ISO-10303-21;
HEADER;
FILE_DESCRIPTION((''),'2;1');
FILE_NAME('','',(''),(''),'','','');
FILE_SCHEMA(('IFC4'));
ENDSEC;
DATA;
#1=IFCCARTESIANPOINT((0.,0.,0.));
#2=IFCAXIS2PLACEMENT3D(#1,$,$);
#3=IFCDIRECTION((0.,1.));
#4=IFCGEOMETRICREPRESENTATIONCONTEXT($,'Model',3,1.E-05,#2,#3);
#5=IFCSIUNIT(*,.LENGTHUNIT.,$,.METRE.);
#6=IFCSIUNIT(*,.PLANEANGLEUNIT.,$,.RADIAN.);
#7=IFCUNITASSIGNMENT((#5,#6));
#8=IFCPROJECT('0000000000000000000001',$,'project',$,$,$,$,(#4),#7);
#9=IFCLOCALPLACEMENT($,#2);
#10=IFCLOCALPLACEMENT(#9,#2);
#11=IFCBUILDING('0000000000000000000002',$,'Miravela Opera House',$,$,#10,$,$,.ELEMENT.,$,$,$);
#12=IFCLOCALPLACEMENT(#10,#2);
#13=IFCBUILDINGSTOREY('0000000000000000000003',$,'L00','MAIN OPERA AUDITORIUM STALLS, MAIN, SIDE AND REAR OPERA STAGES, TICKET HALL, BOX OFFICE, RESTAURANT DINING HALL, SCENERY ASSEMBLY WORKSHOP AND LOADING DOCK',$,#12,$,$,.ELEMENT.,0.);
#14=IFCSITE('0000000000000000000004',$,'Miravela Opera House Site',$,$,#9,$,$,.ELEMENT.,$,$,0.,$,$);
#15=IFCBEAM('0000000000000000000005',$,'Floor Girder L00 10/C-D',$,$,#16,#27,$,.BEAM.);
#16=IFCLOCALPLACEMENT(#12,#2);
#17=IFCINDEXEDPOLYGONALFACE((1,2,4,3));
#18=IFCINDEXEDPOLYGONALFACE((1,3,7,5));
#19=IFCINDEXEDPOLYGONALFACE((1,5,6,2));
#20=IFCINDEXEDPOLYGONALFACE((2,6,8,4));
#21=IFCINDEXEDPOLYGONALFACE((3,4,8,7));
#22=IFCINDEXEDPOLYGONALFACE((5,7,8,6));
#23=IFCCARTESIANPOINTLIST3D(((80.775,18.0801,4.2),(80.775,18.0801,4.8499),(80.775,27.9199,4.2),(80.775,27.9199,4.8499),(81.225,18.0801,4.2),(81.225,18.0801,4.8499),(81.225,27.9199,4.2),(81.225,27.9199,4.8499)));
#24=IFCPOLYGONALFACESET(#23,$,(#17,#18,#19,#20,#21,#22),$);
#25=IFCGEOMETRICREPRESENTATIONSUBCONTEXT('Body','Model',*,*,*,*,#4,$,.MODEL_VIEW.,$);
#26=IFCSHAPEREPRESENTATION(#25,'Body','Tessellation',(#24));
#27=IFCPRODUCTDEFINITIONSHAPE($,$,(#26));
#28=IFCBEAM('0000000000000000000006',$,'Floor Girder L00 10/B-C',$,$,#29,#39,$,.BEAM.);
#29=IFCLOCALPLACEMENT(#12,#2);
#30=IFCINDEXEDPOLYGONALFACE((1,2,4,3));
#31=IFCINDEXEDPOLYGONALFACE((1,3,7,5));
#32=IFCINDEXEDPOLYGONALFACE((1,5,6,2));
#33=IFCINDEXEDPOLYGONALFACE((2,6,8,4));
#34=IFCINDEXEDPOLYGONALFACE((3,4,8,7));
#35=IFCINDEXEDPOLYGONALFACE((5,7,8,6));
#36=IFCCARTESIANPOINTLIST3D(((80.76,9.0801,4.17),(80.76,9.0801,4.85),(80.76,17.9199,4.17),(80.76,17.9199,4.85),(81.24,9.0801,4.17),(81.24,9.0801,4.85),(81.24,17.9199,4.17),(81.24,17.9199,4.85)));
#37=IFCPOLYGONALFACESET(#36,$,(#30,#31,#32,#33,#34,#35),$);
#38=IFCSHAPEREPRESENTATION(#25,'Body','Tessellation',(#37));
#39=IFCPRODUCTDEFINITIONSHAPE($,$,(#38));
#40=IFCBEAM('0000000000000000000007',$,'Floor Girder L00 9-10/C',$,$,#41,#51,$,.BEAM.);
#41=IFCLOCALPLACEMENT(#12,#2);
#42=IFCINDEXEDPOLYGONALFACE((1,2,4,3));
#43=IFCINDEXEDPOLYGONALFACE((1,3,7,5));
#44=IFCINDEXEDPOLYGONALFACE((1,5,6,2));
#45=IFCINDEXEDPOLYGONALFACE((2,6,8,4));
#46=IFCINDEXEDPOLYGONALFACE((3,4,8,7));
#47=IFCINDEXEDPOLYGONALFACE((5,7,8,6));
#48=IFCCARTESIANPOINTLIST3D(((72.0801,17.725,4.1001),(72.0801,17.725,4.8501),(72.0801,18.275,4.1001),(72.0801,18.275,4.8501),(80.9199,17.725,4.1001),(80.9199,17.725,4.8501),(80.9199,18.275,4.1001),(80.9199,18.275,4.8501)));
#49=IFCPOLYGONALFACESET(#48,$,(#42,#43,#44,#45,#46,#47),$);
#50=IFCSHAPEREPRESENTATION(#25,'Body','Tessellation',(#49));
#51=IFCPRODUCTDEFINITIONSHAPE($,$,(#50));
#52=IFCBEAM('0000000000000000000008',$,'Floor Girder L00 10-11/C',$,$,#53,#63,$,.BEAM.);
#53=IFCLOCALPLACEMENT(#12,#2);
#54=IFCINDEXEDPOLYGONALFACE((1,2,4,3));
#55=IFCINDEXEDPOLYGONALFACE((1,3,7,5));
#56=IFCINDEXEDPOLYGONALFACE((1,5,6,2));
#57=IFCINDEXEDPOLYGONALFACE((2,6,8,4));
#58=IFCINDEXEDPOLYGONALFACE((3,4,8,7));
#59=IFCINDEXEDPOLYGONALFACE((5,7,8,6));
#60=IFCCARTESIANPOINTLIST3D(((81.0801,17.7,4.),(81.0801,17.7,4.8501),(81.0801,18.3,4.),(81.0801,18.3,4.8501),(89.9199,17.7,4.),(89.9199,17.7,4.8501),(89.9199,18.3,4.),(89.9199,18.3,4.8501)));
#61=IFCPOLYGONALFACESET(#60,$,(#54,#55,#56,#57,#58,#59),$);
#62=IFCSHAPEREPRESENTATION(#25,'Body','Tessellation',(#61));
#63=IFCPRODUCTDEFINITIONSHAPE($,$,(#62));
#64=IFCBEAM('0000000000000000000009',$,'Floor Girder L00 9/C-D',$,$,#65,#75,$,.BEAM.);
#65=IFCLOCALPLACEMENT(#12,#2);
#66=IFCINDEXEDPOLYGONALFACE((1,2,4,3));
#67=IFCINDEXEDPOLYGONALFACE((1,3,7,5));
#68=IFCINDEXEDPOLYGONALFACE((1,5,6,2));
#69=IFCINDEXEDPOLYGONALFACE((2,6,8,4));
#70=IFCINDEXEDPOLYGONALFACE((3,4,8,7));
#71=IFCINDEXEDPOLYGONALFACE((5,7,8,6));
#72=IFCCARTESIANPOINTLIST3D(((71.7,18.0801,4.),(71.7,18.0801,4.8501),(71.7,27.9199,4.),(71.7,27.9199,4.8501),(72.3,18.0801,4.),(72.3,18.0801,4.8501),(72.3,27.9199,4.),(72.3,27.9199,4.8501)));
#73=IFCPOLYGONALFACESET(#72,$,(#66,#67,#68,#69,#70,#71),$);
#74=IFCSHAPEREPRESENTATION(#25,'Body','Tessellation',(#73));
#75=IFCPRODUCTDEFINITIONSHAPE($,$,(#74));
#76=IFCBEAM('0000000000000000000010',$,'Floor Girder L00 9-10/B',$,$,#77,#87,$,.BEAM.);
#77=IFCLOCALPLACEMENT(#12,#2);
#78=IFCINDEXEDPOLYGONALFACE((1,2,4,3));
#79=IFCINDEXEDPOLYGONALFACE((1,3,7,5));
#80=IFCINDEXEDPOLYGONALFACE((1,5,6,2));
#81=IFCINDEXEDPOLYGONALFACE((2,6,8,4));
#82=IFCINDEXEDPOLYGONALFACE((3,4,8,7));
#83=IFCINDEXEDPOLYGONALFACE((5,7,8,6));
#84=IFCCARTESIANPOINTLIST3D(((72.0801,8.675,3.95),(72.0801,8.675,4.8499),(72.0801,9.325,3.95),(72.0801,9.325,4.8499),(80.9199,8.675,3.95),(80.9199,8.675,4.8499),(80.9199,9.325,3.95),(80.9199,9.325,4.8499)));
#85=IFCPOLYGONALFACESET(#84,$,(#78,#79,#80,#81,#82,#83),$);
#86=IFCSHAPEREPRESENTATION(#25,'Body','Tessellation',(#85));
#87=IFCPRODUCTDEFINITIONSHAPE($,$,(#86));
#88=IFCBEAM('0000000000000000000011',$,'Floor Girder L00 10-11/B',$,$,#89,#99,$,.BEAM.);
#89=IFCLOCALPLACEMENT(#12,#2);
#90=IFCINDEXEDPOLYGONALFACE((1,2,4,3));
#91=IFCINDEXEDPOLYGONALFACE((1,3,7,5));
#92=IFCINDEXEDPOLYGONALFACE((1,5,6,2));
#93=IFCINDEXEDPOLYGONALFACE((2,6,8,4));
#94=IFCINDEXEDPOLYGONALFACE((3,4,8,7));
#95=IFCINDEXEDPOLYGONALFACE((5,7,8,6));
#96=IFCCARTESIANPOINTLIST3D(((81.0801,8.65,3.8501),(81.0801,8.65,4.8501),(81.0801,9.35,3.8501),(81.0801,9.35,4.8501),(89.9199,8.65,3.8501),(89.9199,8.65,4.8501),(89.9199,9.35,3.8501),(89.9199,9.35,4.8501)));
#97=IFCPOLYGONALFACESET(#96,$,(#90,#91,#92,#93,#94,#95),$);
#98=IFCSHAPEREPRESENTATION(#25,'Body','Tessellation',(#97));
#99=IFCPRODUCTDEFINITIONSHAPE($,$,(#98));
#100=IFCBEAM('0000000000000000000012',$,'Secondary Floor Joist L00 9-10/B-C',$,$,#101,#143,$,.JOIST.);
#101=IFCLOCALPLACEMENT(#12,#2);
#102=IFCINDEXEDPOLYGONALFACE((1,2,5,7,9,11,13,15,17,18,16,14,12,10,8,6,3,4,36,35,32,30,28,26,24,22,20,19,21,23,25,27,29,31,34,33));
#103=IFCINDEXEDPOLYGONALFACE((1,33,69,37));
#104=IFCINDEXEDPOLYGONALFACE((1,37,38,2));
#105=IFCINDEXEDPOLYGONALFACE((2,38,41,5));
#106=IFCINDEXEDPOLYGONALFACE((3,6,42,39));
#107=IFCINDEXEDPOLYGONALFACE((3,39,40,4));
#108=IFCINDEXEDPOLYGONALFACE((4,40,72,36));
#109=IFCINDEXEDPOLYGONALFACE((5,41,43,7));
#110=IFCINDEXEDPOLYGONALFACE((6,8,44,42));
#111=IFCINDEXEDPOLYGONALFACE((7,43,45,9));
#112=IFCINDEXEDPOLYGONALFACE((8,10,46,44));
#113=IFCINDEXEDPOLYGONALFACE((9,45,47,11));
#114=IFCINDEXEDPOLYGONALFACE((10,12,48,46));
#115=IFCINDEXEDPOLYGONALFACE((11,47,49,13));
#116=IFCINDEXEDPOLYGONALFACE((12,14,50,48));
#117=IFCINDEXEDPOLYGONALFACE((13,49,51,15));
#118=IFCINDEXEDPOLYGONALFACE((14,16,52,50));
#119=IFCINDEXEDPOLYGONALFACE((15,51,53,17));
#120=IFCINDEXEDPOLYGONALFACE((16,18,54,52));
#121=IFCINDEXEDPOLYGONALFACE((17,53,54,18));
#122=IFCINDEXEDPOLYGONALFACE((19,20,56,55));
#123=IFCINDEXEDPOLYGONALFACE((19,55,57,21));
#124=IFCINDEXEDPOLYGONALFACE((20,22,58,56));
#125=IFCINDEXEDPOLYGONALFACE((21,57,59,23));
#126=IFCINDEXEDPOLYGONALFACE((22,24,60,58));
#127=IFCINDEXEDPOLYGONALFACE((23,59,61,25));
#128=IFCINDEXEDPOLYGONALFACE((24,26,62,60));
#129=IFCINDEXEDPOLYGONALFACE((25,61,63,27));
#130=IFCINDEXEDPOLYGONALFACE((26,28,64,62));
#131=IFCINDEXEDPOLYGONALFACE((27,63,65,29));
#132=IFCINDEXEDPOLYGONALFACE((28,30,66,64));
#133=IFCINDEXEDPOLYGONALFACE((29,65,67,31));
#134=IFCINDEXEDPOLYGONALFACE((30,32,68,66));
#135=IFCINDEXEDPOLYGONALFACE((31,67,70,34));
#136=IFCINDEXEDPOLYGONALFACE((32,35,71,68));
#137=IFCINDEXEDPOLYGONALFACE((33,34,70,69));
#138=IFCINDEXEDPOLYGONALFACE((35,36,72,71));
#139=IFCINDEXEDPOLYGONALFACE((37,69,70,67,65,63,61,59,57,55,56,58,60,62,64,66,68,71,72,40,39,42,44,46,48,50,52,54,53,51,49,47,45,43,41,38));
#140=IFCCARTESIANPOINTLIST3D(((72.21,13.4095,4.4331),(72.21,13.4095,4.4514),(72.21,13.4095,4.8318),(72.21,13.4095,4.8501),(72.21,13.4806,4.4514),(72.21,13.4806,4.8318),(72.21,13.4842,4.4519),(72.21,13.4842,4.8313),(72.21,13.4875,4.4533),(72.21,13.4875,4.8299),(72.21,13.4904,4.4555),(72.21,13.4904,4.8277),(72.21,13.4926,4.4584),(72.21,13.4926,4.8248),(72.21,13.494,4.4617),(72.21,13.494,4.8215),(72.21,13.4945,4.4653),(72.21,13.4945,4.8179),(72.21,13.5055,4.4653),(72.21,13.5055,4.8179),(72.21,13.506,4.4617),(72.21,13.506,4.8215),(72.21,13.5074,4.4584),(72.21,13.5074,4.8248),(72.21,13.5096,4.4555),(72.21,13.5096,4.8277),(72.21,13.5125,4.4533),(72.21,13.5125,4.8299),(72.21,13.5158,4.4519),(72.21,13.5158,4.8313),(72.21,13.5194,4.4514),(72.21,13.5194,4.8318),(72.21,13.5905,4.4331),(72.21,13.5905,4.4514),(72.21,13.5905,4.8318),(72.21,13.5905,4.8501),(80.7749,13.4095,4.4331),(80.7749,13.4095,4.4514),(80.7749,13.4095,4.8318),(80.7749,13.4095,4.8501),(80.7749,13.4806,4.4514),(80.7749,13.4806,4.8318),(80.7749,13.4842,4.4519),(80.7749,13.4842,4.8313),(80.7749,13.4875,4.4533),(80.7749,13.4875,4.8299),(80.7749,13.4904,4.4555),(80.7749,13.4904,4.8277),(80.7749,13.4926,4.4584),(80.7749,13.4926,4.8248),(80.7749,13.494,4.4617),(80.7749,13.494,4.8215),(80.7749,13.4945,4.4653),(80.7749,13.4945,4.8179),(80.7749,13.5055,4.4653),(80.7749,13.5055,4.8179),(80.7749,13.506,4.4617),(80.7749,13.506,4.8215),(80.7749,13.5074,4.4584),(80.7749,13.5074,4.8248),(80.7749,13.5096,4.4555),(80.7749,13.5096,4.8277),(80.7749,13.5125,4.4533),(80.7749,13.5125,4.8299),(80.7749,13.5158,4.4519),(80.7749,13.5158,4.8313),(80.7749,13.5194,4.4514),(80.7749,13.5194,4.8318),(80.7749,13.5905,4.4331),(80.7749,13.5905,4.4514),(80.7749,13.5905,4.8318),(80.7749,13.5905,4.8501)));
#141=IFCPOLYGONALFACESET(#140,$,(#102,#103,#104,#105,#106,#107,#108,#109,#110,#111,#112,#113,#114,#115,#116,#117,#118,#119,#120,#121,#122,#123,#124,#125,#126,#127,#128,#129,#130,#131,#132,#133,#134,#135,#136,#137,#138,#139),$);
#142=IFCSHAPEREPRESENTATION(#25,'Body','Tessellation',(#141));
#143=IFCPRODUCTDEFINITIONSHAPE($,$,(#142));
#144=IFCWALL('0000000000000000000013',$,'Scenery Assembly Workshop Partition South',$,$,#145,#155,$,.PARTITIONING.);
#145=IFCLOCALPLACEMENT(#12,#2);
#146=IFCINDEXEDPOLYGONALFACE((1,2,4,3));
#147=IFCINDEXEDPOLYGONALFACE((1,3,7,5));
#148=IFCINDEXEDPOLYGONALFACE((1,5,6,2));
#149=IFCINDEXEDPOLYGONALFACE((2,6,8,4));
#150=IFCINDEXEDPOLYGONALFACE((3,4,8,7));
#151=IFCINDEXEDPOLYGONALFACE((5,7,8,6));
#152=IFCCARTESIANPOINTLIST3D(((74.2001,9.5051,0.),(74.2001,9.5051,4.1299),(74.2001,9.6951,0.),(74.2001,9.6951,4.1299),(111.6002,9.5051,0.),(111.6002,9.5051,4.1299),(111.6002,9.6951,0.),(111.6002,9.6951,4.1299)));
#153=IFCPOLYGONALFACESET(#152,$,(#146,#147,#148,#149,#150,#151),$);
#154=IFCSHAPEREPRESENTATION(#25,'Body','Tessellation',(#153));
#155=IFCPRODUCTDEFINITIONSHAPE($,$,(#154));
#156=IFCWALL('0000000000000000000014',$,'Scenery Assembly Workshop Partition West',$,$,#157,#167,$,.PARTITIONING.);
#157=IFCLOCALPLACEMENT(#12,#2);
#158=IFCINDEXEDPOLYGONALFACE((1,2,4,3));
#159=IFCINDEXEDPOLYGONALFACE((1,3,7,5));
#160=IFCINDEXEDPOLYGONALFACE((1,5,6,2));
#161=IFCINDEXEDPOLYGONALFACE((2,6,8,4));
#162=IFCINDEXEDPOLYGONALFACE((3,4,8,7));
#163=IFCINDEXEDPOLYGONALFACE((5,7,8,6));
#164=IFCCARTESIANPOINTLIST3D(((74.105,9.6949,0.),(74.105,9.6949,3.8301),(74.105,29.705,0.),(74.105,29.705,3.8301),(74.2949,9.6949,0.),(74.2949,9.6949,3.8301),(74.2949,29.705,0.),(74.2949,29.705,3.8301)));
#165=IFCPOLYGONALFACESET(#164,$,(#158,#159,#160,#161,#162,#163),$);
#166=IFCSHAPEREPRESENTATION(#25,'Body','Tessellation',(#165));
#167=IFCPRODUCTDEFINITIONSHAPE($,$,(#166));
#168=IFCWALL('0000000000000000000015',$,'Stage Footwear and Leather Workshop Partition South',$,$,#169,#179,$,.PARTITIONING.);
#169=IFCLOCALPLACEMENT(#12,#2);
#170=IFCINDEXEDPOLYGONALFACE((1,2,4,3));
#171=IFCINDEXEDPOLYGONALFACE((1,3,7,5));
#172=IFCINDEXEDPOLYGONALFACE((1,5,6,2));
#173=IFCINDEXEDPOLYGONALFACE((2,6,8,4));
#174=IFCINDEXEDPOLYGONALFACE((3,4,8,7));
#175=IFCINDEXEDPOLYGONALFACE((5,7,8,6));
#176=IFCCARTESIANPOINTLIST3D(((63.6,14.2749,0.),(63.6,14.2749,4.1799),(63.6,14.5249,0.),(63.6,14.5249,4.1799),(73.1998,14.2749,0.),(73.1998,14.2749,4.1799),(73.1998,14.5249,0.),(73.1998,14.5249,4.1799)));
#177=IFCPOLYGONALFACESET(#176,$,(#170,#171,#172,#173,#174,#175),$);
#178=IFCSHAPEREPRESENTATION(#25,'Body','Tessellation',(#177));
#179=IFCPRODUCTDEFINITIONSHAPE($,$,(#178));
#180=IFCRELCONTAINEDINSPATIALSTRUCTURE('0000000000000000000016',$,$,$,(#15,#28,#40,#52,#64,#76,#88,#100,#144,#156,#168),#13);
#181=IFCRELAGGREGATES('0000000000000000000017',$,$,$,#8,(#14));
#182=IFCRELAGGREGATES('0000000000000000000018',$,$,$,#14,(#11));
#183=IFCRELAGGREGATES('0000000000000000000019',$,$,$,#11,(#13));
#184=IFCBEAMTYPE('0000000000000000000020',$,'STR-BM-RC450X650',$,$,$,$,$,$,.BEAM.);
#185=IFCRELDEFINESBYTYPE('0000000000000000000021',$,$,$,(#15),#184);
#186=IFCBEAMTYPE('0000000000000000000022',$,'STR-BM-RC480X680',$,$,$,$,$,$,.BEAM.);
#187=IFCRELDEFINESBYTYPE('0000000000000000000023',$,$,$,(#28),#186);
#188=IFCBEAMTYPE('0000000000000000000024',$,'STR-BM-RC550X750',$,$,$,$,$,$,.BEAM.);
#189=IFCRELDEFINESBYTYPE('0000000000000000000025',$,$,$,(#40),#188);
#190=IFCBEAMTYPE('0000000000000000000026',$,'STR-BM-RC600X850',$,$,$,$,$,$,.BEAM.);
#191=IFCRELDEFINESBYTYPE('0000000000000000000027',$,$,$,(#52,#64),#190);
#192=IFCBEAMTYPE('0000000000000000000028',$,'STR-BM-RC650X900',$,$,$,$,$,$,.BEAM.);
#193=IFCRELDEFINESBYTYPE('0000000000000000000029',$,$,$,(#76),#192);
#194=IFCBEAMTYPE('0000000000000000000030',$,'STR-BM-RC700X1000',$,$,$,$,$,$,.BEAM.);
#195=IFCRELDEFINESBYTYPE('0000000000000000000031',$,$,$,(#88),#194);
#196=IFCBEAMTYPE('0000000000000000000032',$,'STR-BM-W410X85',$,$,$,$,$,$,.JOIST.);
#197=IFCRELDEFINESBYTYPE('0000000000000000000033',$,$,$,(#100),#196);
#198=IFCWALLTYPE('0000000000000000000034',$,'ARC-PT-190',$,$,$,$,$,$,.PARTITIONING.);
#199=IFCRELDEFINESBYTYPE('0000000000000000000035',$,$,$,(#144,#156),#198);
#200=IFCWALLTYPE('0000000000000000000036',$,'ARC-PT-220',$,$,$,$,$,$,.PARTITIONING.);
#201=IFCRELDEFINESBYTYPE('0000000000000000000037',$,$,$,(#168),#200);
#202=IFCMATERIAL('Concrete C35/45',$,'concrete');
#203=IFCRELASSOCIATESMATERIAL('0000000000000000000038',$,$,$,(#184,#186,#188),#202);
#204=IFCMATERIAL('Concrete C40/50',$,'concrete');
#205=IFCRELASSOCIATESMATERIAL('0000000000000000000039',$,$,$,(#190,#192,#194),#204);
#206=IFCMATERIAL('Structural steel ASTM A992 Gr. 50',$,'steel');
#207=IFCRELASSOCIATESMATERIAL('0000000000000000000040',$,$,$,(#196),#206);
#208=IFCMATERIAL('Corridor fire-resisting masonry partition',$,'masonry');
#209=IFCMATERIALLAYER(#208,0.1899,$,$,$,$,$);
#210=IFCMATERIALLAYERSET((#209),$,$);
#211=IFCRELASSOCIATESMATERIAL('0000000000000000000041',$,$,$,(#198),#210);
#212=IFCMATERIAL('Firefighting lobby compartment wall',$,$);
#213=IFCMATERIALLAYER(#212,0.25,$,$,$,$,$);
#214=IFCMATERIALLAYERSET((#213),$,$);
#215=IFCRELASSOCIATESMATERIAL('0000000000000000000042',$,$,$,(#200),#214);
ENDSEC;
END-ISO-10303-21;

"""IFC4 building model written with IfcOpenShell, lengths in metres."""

from ifc_helpers import new_model, si_unit, direction, frame, frame_2d, origin, origin_2d, place, context, subcontext, project, spatial, rectangle, i_section, extrude, material, layer, layer_set, material_profile, profile_set, type_object, element, save


model = new_model("IFC4")

# Units and contexts
model_context = context("Model", 3, precision=1e-05, world=origin(), true_north=direction((0.0, 1.0)))
body_context = subcontext(model_context, "Body", "Model", "MODEL_VIEW")
ifc_project = project(units=[si_unit("LENGTHUNIT", "METRE"), si_unit("PLANEANGLEUNIT", "RADIAN")], contexts=[model_context])

# Site, building, storey
site_placement = place(None, origin())
site = spatial("IfcSite", under=ifc_project, at=site_placement, Name="Miravela Opera House Site", CompositionType="ELEMENT", RefElevation=0.0)
building_placement = place(site_placement, origin())
building = spatial("IfcBuilding", under=site, at=building_placement, Name="Miravela Opera House", CompositionType="ELEMENT")
storey_placement = place(building_placement, origin())
storey = spatial("IfcBuildingStorey", under=building, at=storey_placement, Name="L00", Description="MAIN OPERA AUDITORIUM STALLS, MAIN, SIDE AND REAR OPERA STAGES, TICKET HALL, BOX OFFICE, RESTAURANT DINING HALL, SCENERY ASSEMBLY WORKSHOP AND LOADING DOCK", CompositionType="ELEMENT", Elevation=0.0)

# Shared definitions
ifc_material_1 = material(Name="Concrete C35/45", Category="concrete")

# Beams
ifc_material_profile_1 = material_profile(ifc_material_1, rectangle(XDim=0.45, YDim=0.6499, at=origin_2d()), Name="RC-BM-450X650")
ifc_profile_set_1 = profile_set([ifc_material_profile_1])
beam_type_1 = type_object("IfcBeamType", Name="STR-BM-RC450X650", PredefinedType="BEAM", material=ifc_profile_set_1)
beam_1_placement = place(storey_placement, frame((81.0, 18.0801, 4.5249), z_axis=(0.0, 1.0, 0.0), x_axis=(-1.0, 0.0, 0.0)))
element("IfcBeam", 1, at=beam_1_placement, inside=storey, type_object=beam_type_1, Name="Floor Girder L00 10/C-D", PredefinedType="BEAM", context=body_context, shape_type="SweptSolid", body=[
    extrude(rectangle(XDim=0.45, YDim=0.6499, at=origin_2d()), origin(), (0.0, 0.0, 1.0), 9.8398),
])
ifc_material_profile_2 = material_profile(ifc_material_1, rectangle(XDim=0.48, YDim=0.6799, at=origin_2d()), Name="RC-BM-480X680")
ifc_profile_set_2 = profile_set([ifc_material_profile_2])
beam_type_2 = type_object("IfcBeamType", Name="STR-BM-RC480X680", PredefinedType="BEAM", material=ifc_profile_set_2)
beam_2_placement = place(storey_placement, frame((81.0, 9.0801, 4.51), z_axis=(0.0, 1.0, 0.0), x_axis=(-1.0, 0.0, 0.0)))
element("IfcBeam", 2, at=beam_2_placement, inside=storey, type_object=beam_type_2, Name="Floor Girder L00 10/B-C", PredefinedType="BEAM", context=body_context, shape_type="SweptSolid", body=[
    extrude(rectangle(XDim=0.48, YDim=0.6799, at=origin_2d()), origin(), (0.0, 0.0, 1.0), 8.8398),
])
ifc_material_profile_3 = material_profile(ifc_material_1, rectangle(XDim=0.55, YDim=0.75, at=origin_2d()), Name="RC-BM-550X750")
ifc_profile_set_3 = profile_set([ifc_material_profile_3])
beam_type_3 = type_object("IfcBeamType", Name="STR-BM-RC550X750", PredefinedType="BEAM", material=ifc_profile_set_3)
beam_3_placement = place(storey_placement, frame((72.0801, 18.0, 4.4751), z_axis=(1.0, 0.0, 0.0), x_axis=(0.0, 1.0, 0.0)))
element("IfcBeam", 3, at=beam_3_placement, inside=storey, type_object=beam_type_3, Name="Floor Girder L00 9-10/C", PredefinedType="BEAM", context=body_context, shape_type="SweptSolid", body=[
    extrude(rectangle(XDim=0.55, YDim=0.75, at=origin_2d()), origin(), (0.0, 0.0, 1.0), 8.8398),
])
ifc_material_2 = material(Name="Concrete C40/50", Category="concrete")
ifc_material_profile_4 = material_profile(ifc_material_2, rectangle(XDim=0.6001, YDim=0.8501, at=origin_2d()), Name="RC-BM-600X850")
ifc_profile_set_4 = profile_set([ifc_material_profile_4])
beam_type_4 = type_object("IfcBeamType", Name="STR-BM-RC600X850", PredefinedType="BEAM", material=ifc_profile_set_4)
beam_4_placement = place(storey_placement, frame((81.0801, 18.0, 4.425), z_axis=(1.0, 0.0, 0.0), x_axis=(0.0, 1.0, 0.0)))
element("IfcBeam", 4, at=beam_4_placement, inside=storey, type_object=beam_type_4, Name="Floor Girder L00 10-11/C", PredefinedType="BEAM", context=body_context, shape_type="SweptSolid", body=[
    extrude(rectangle(XDim=0.6001, YDim=0.8501, at=origin_2d()), origin(), (0.0, 0.0, 1.0), 8.8398),
])
beam_5_placement = place(storey_placement, frame((72.0, 18.0801, 4.425), z_axis=(0.0, 1.0, 0.0), x_axis=(-1.0, 0.0, 0.0)))
element("IfcBeam", 5, at=beam_5_placement, inside=storey, type_object=beam_type_4, Name="Floor Girder L00 9/C-D", PredefinedType="BEAM", context=body_context, shape_type="SweptSolid", body=[
    extrude(rectangle(XDim=0.6001, YDim=0.8501, at=origin_2d()), origin(), (0.0, 0.0, 1.0), 9.8398),
])
ifc_material_profile_5 = material_profile(ifc_material_2, rectangle(XDim=0.6499, YDim=0.8999, at=origin_2d()), Name="RC-BM-650X900")
ifc_profile_set_5 = profile_set([ifc_material_profile_5])
beam_type_5 = type_object("IfcBeamType", Name="STR-BM-RC650X900", PredefinedType="BEAM", material=ifc_profile_set_5)
beam_6_placement = place(storey_placement, frame((72.0801, 9.0, 4.3999), z_axis=(1.0, 0.0, 0.0), x_axis=(0.0, 1.0, 0.0)))
element("IfcBeam", 6, at=beam_6_placement, inside=storey, type_object=beam_type_5, Name="Floor Girder L00 9-10/B", PredefinedType="BEAM", context=body_context, shape_type="SweptSolid", body=[
    extrude(rectangle(XDim=0.6499, YDim=0.8999, at=origin_2d()), origin(), (0.0, 0.0, 1.0), 8.8398),
])
ifc_material_profile_6 = material_profile(ifc_material_2, rectangle(XDim=0.7, YDim=1.0, at=origin_2d()), Name="RC-BM-700X1000")
ifc_profile_set_6 = profile_set([ifc_material_profile_6])
beam_type_6 = type_object("IfcBeamType", Name="STR-BM-RC700X1000", PredefinedType="BEAM", material=ifc_profile_set_6)
beam_7_placement = place(storey_placement, frame((81.0801, 9.0, 4.3501), z_axis=(1.0, 0.0, 0.0), x_axis=(0.0, 1.0, 0.0)))
element("IfcBeam", 7, at=beam_7_placement, inside=storey, type_object=beam_type_6, Name="Floor Girder L00 10-11/B", PredefinedType="BEAM", context=body_context, shape_type="SweptSolid", body=[
    extrude(rectangle(XDim=0.7, YDim=1.0, at=origin_2d()), origin(), (0.0, 0.0, 1.0), 8.8398),
])
ifc_material_3 = material(Name="Structural steel ASTM A992 Gr. 50", Category="steel")
ifc_material_profile_7 = material_profile(ifc_material_3, i_section(OverallWidth=0.1809, OverallDepth=0.417, WebThickness=0.011, FlangeThickness=0.0183, FilletRadius=0.0139, at=origin_2d()), Name="W410X85")
ifc_profile_set_7 = profile_set([ifc_material_profile_7])
beam_type_7 = type_object("IfcBeamType", Name="STR-BM-W410X85", PredefinedType="JOIST", material=ifc_profile_set_7)
beam_8_placement = place(storey_placement, frame((72.21, 13.5, 4.6416), z_axis=(1.0, 0.0, 0.0), x_axis=(0.0, 1.0, 0.0)))
element("IfcBeam", 8, at=beam_8_placement, inside=storey, type_object=beam_type_7, Name="Secondary Floor Joist L00 9-10/B-C", PredefinedType="JOIST", context=body_context, shape_type="SweptSolid", body=[
    extrude(i_section(OverallWidth=0.1809, OverallDepth=0.417, WebThickness=0.011, FlangeThickness=0.0183, FilletRadius=0.0139, at=origin_2d()), origin(), (0.0, 0.0, 1.0), 8.5649),
])

# Walls
ifc_material_4 = material(Name="Corridor fire-resisting masonry partition", Category="masonry")
ifc_layer_1 = layer(ifc_material_4, 0.1899)
ifc_layer_set_1 = layer_set([ifc_layer_1])
wall_type_1 = type_object("IfcWallType", Name="ARC-PT-190", PredefinedType="PARTITIONING", material=ifc_layer_set_1)
wall_1_placement = place(storey_placement, frame((74.2, 9.6001, 0.0), z_axis=(0.0, 0.0, 1.0), x_axis=(1.0, 0.0, 0.0)))
element("IfcWall", 9, at=wall_1_placement, inside=storey, type_object=wall_type_1, Name="Scenery Assembly Workshop Partition South", PredefinedType="PARTITIONING", context=body_context, shape_type="SweptSolid", body=[
    extrude(rectangle(XDim=37.4001, YDim=0.1899, at=frame_2d((18.7002, 0.0))), origin(), (0.0, 0.0, 1.0), 4.1299),
])
wall_2_placement = place(storey_placement, frame((74.2, 9.6951, 0.0), z_axis=(0.0, 0.0, 1.0), x_axis=(0.0, 1.0, 0.0)))
element("IfcWall", 10, at=wall_2_placement, inside=storey, type_object=wall_type_1, Name="Scenery Assembly Workshop Partition West", PredefinedType="PARTITIONING", context=body_context, shape_type="SweptSolid", body=[
    extrude(rectangle(XDim=20.01, YDim=0.1899, at=frame_2d((10.0049, 0.0))), origin(), (0.0, 0.0, 1.0), 3.8301),
])
ifc_material_5 = material(Name="Firefighting lobby compartment wall")
ifc_layer_2 = layer(ifc_material_5, 0.25)
ifc_layer_set_2 = layer_set([ifc_layer_2])
wall_type_2 = type_object("IfcWallType", Name="ARC-PT-220", PredefinedType="PARTITIONING", material=ifc_layer_set_2)
wall_3_placement = place(storey_placement, frame((63.6001, 14.3999, 0.0), z_axis=(0.0, 0.0, 1.0), x_axis=(1.0, 0.0, 0.0)))
element("IfcWall", 11, at=wall_3_placement, inside=storey, type_object=wall_type_2, Name="Stage Footwear and Leather Workshop Partition South", PredefinedType="PARTITIONING", context=body_context, shape_type="SweptSolid", body=[
    extrude(rectangle(XDim=9.5999, YDim=0.25, at=frame_2d((4.7998, 0.0))), origin(), (0.0, 0.0, 1.0), 4.1799),
])

save(model, "model.ifc")
